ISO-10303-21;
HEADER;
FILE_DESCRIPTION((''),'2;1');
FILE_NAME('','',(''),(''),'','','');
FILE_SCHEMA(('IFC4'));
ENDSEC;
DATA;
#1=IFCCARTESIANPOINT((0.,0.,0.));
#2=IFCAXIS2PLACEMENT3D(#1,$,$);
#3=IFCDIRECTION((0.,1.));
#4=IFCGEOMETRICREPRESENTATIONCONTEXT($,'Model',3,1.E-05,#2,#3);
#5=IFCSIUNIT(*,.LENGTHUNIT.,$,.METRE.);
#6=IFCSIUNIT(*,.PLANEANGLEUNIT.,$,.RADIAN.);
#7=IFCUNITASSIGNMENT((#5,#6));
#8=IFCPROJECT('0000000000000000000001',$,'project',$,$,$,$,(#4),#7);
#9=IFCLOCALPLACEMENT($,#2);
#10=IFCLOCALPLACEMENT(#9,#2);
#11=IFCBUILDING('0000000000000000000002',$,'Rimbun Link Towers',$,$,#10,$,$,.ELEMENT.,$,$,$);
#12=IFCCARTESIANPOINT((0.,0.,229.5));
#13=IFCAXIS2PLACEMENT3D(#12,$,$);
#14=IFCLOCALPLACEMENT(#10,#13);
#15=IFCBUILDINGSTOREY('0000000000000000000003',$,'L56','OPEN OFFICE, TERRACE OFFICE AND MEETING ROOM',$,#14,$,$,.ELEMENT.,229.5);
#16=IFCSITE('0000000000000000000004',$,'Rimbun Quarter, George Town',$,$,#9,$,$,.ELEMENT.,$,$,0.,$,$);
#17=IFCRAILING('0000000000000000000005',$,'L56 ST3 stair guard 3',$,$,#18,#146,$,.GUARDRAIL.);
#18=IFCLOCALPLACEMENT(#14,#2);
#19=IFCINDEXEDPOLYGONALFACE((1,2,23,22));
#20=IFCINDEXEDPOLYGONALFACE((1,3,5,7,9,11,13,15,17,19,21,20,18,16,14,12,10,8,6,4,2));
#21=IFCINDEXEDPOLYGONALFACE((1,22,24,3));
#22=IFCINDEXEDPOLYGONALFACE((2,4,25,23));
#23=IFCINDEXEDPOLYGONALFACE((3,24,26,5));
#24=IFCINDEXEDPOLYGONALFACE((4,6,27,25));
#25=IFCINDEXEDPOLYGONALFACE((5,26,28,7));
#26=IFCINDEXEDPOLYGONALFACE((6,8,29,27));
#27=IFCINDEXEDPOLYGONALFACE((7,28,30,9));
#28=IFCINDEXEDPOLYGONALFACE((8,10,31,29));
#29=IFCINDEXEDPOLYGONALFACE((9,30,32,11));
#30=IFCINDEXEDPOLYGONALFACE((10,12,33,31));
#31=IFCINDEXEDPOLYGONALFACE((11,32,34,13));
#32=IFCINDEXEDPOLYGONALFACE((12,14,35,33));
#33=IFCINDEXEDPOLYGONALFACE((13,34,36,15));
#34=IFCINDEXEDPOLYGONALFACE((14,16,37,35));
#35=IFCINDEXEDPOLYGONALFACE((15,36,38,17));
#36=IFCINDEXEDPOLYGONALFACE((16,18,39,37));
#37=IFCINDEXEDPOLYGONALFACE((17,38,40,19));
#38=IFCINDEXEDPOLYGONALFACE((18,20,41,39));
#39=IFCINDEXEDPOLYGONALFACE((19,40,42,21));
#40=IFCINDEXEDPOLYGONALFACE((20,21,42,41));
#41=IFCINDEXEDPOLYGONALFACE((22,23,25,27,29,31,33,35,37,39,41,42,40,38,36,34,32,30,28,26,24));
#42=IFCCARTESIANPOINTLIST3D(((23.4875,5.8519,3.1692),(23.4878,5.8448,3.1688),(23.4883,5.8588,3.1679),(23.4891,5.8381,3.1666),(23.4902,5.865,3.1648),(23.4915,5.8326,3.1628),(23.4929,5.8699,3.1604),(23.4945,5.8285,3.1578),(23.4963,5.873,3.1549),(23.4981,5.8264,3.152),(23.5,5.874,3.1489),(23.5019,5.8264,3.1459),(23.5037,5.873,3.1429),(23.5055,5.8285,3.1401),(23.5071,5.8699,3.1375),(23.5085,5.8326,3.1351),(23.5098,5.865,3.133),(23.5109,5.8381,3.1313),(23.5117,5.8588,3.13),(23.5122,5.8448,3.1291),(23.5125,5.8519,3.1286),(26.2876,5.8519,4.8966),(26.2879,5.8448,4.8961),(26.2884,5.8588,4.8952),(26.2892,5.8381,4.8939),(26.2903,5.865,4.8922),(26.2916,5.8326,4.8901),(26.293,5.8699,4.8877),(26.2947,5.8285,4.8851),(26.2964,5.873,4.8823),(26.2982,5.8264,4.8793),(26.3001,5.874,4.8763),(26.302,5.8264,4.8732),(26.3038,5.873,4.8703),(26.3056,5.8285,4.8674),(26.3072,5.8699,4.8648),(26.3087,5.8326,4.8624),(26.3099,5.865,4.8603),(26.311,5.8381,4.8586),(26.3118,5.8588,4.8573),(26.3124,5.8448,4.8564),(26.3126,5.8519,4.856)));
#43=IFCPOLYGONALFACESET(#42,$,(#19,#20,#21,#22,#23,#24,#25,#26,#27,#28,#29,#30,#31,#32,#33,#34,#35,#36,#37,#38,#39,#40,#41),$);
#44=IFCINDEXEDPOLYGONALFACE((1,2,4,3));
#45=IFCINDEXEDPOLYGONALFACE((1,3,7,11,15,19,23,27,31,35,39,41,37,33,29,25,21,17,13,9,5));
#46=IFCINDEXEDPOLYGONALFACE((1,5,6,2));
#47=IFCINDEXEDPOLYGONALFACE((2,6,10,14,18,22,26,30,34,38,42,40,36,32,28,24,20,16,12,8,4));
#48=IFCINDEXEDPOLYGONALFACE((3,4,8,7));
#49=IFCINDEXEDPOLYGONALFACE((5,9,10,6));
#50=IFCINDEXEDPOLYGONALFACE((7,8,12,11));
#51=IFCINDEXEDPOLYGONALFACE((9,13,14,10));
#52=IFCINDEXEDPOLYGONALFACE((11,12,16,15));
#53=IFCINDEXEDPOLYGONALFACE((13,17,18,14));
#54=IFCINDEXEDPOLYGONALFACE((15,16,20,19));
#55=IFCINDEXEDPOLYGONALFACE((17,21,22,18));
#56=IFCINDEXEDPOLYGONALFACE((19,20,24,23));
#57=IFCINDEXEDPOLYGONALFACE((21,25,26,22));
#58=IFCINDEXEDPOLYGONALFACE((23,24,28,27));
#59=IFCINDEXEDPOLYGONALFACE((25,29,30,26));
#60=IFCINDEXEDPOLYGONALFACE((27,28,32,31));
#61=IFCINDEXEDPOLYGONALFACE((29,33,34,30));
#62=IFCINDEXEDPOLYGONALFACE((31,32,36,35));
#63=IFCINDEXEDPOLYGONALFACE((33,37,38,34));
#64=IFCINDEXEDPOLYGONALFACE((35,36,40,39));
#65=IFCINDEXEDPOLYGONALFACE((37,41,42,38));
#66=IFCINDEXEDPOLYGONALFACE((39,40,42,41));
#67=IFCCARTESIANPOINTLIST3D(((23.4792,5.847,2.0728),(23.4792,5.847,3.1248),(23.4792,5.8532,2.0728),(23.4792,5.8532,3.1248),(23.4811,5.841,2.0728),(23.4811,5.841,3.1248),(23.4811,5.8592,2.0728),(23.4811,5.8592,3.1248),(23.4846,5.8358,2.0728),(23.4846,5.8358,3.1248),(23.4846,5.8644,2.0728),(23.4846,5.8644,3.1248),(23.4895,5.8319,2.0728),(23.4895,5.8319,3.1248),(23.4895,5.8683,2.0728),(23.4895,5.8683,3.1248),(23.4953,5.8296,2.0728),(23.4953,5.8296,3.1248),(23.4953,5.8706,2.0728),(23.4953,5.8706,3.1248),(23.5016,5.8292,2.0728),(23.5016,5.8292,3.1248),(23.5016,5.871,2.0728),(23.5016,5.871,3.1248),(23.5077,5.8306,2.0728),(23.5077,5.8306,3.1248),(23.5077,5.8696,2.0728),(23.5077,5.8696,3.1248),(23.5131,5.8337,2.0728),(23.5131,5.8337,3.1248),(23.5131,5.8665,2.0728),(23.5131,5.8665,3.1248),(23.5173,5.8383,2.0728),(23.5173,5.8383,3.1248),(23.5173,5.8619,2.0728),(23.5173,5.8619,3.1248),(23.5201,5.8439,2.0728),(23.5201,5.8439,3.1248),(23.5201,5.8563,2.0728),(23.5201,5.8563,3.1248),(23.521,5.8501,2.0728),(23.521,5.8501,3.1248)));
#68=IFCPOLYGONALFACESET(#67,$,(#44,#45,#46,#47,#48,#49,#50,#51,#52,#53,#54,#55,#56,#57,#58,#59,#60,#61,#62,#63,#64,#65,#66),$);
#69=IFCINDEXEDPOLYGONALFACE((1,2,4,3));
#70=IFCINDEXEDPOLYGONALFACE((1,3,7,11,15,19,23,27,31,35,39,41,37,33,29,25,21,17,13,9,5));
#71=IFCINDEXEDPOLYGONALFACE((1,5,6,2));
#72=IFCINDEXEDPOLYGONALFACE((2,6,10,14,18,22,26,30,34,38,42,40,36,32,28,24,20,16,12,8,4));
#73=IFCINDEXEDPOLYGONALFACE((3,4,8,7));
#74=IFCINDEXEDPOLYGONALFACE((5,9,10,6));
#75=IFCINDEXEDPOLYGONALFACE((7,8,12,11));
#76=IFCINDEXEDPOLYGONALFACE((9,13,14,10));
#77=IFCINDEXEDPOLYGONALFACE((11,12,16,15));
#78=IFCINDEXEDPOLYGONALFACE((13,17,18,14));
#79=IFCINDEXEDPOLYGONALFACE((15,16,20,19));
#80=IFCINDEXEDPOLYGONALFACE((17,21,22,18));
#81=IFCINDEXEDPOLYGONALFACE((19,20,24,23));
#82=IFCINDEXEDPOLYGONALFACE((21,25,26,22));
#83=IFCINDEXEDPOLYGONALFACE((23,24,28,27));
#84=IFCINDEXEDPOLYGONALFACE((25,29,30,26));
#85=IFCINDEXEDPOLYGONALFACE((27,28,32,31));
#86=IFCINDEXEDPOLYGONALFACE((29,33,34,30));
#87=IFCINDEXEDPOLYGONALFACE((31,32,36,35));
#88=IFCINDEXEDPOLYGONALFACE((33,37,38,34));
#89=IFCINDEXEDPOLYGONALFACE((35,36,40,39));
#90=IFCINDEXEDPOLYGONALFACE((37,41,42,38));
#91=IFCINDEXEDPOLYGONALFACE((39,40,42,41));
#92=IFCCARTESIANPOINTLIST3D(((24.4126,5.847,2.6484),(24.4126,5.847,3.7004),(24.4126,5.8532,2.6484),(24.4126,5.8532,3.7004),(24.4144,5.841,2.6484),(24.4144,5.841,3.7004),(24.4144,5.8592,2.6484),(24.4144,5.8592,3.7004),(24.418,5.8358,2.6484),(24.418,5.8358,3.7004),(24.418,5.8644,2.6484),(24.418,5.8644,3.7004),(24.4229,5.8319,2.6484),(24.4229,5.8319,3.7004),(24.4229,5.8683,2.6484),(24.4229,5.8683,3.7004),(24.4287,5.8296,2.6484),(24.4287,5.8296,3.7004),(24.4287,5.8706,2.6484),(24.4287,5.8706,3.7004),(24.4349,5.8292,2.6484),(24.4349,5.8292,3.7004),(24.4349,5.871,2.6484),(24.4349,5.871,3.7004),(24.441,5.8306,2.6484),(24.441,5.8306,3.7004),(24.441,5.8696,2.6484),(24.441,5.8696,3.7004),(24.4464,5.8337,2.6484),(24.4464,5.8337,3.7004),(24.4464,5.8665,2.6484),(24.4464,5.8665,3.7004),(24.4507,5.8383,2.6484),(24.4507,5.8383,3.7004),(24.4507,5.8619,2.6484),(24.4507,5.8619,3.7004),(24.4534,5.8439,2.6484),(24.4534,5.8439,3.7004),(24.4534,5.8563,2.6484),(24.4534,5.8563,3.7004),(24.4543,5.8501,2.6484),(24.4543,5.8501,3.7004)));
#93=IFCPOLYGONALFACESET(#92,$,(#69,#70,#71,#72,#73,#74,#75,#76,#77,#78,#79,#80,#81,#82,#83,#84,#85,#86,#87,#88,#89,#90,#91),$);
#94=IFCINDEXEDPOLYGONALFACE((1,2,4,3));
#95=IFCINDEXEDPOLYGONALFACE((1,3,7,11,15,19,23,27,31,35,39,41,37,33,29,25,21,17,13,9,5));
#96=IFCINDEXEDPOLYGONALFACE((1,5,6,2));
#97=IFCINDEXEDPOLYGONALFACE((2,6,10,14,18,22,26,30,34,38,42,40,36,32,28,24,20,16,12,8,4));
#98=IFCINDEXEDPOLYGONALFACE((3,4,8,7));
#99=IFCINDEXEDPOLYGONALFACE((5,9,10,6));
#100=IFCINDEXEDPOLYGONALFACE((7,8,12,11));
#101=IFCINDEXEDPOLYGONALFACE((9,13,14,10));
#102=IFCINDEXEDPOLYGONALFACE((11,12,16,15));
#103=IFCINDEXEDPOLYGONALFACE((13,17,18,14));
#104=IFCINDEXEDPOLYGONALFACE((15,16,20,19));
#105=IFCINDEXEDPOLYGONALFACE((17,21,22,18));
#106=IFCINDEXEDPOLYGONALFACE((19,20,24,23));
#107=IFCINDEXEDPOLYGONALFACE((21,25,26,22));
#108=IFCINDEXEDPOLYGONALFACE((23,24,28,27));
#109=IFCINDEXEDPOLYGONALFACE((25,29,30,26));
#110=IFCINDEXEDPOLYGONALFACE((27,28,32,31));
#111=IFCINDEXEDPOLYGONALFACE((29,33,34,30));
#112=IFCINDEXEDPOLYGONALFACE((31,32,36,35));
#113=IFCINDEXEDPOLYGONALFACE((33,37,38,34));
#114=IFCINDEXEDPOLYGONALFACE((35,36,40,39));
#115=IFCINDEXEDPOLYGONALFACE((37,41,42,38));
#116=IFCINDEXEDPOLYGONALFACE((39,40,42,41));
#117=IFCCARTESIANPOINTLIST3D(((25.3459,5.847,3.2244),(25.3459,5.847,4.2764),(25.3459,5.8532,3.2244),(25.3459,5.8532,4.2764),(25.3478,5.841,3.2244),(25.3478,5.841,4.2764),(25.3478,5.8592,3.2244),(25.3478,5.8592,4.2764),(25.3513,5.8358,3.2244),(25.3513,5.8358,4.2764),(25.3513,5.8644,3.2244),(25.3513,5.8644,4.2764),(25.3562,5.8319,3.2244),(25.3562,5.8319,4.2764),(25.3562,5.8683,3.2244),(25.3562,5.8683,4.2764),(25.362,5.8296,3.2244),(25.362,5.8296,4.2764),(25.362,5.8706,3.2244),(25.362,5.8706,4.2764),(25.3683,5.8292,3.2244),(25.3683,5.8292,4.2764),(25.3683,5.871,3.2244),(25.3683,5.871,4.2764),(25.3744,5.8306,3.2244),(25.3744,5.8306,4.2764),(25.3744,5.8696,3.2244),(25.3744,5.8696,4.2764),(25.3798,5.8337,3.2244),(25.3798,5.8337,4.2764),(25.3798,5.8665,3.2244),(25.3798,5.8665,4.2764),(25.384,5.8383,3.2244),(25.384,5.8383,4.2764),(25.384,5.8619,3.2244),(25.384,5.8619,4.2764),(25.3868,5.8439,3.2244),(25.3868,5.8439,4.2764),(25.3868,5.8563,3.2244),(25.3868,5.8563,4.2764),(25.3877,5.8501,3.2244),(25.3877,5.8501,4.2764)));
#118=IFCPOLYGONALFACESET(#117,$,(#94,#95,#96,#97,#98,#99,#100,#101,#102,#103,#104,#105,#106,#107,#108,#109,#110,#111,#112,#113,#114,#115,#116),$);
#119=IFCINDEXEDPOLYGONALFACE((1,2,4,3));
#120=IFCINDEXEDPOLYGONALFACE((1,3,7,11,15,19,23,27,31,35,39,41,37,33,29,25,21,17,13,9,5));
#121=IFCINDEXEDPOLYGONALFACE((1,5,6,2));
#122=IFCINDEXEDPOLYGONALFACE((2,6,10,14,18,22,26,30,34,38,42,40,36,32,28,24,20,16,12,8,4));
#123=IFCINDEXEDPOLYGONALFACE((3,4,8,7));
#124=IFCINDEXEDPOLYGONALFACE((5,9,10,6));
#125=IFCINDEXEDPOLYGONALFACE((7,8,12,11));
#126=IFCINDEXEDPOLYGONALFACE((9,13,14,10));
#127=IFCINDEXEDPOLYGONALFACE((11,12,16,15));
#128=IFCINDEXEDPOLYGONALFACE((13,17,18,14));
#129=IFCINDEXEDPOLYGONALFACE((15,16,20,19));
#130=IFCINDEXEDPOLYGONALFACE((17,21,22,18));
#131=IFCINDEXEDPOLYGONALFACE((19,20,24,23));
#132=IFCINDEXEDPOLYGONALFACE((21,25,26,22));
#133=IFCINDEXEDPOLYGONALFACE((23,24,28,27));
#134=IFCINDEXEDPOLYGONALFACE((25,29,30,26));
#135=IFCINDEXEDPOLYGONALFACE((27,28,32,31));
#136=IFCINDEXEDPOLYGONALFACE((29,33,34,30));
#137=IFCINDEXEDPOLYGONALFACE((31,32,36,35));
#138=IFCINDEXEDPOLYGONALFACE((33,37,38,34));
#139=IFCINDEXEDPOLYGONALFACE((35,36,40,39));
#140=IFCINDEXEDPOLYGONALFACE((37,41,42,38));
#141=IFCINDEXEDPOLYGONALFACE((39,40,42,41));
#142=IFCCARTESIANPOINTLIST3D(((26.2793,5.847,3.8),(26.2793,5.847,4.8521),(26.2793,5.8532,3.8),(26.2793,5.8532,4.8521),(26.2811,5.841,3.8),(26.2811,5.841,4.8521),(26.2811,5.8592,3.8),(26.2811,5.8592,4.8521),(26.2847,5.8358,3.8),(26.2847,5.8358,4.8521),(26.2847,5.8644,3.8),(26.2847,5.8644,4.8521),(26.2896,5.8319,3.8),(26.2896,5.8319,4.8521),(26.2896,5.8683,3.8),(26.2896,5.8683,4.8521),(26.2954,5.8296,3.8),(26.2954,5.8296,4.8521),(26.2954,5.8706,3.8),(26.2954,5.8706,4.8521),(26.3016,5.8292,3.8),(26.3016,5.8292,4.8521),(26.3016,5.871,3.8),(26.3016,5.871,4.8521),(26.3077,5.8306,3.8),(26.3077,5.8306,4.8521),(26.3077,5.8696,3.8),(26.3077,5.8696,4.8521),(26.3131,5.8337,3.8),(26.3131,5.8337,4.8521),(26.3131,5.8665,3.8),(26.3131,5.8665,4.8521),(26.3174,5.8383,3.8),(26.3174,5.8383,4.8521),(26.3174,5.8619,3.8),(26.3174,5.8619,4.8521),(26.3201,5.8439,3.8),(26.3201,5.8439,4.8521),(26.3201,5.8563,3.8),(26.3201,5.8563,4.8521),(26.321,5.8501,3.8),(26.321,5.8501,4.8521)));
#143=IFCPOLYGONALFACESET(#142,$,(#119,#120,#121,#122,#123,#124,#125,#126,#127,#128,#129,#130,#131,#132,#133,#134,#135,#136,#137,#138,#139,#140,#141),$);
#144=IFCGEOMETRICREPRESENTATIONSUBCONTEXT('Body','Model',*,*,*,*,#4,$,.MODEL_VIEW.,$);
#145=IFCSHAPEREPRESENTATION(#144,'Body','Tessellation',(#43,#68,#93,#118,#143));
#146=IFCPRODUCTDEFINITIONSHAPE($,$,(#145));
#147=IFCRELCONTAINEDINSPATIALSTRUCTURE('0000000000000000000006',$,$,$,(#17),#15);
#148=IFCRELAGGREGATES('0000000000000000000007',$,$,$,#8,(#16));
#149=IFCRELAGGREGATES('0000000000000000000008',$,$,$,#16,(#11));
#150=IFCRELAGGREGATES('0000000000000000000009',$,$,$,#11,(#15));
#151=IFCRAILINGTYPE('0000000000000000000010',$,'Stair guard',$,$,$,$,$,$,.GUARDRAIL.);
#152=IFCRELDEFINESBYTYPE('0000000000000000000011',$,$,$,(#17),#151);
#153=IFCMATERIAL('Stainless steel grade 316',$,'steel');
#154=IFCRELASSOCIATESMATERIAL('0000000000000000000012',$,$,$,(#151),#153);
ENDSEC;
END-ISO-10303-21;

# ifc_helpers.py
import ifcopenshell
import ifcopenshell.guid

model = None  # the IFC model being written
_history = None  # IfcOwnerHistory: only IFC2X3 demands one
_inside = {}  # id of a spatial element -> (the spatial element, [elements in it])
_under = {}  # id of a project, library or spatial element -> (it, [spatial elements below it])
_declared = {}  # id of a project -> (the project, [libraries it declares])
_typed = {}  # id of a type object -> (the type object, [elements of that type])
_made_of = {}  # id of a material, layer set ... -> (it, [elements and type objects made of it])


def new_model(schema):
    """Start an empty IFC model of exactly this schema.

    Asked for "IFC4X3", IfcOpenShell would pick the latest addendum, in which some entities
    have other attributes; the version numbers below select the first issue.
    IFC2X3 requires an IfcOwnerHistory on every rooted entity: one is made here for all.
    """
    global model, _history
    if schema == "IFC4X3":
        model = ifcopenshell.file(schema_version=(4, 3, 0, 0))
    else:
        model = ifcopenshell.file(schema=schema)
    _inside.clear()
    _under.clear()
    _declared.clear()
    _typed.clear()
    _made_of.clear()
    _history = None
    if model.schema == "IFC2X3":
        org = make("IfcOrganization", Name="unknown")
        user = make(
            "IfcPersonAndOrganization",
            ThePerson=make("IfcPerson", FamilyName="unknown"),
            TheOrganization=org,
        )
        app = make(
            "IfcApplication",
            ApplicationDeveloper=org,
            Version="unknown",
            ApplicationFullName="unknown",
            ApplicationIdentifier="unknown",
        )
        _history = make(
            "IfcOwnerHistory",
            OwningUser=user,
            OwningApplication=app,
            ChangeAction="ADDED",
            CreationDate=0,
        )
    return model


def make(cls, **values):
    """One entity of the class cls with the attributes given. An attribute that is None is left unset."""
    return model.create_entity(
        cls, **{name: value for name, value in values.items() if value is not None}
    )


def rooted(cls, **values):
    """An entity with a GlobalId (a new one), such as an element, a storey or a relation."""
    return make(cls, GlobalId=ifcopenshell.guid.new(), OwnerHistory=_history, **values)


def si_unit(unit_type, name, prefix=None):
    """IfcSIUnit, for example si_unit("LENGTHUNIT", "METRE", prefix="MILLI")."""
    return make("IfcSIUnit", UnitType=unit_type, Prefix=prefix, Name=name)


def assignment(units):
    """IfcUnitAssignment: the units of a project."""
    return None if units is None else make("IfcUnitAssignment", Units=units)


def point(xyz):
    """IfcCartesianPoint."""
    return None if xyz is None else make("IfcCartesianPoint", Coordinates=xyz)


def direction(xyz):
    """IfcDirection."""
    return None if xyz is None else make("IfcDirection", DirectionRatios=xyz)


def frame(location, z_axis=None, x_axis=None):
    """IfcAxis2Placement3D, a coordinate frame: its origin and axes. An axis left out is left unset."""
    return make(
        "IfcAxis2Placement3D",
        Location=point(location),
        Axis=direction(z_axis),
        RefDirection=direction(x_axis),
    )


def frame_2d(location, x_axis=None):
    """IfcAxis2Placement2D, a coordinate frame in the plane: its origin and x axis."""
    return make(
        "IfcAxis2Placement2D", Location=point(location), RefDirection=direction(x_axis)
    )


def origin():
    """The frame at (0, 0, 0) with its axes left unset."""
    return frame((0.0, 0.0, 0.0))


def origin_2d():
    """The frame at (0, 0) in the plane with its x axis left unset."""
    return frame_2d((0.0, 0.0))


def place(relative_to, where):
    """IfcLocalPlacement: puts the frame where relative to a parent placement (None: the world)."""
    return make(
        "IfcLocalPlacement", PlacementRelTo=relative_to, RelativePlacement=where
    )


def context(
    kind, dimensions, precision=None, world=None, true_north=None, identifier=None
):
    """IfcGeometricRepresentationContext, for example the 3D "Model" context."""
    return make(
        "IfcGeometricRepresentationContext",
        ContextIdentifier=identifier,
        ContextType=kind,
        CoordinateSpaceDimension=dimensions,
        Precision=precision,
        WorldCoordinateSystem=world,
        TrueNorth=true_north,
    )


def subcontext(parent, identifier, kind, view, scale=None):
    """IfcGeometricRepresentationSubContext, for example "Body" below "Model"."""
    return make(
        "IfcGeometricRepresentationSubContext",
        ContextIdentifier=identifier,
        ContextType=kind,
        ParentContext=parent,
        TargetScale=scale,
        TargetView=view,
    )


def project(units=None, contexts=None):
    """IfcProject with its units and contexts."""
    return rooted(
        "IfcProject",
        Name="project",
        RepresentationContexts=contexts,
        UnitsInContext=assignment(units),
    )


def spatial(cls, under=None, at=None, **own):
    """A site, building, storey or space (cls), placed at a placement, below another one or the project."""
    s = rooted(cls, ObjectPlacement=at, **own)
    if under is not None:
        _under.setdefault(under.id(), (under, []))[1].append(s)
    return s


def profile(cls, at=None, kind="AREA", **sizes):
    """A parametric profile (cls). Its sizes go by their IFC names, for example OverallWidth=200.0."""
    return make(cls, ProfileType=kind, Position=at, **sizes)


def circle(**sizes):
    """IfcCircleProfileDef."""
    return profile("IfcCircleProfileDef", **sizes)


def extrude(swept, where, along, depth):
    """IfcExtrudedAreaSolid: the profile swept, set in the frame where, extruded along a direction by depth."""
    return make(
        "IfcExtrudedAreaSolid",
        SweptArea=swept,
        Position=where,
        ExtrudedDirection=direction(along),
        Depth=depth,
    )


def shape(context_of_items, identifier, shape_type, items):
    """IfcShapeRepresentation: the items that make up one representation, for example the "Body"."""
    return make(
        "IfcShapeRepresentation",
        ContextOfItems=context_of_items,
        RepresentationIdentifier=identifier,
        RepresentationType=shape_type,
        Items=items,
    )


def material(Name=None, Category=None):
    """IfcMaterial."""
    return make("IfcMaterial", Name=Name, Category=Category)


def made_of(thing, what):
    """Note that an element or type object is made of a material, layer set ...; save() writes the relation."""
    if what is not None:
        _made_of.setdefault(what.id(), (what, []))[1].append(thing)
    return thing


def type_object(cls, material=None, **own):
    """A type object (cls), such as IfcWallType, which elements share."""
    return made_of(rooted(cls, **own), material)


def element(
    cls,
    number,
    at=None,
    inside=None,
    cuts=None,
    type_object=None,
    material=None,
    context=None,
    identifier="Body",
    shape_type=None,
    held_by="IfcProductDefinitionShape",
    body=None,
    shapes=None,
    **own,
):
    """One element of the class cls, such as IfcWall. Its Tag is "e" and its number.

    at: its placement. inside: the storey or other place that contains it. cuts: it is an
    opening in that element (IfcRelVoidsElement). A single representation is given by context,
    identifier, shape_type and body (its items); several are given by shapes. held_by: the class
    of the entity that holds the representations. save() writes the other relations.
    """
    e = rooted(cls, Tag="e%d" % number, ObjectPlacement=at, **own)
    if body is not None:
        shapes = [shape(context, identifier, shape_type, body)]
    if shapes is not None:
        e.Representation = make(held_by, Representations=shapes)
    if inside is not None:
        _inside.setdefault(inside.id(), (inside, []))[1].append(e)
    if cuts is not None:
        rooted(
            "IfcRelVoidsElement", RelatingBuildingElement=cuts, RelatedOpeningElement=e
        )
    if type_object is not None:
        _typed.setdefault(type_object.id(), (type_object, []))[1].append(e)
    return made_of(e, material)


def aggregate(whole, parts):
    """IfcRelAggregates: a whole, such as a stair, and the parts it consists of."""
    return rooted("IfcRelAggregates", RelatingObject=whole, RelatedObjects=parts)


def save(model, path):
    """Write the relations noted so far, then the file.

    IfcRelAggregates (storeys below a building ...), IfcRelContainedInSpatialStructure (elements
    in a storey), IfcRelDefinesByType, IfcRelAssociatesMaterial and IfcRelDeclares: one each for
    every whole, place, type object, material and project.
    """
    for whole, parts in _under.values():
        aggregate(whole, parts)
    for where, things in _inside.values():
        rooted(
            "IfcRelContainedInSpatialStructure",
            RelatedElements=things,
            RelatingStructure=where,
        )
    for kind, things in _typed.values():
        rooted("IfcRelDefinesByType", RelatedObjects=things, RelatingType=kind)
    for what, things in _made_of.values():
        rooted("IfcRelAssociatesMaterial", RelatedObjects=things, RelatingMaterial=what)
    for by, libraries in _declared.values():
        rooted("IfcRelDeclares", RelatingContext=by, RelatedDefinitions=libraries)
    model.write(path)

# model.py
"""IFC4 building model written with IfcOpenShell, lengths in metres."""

from ifc_helpers import new_model, si_unit, direction, frame, origin, origin_2d, place, context, subcontext, project, spatial, circle, extrude, material, type_object, element, save


model = new_model("IFC4")

# Units and contexts
model_context = context("Model", 3, precision=1e-05, world=origin(), true_north=direction((0.0, 1.0)))
body_context = subcontext(model_context, "Body", "Model", "MODEL_VIEW")
ifc_project = project(units=[si_unit("LENGTHUNIT", "METRE"), si_unit("PLANEANGLEUNIT", "RADIAN")], contexts=[model_context])

# Site, building, storey
site_placement = place(None, origin())
site = spatial("IfcSite", under=ifc_project, at=site_placement, Name="Rimbun Quarter, George Town", CompositionType="ELEMENT", RefElevation=0.0)
building_placement = place(site_placement, origin())
building = spatial("IfcBuilding", under=site, at=building_placement, Name="Rimbun Link Towers", CompositionType="ELEMENT")
storey_placement = place(building_placement, frame((0.0, 0.0, 229.5)))
storey = spatial("IfcBuildingStorey", under=building, at=storey_placement, Name="L56", Description="OPEN OFFICE, TERRACE OFFICE AND MEETING ROOM", CompositionType="ELEMENT", Elevation=229.5)

# Railing
ifc_material_1 = material(Name="Stainless steel grade 316", Category="steel")
railing_type_1 = type_object("IfcRailingType", Name="Stair guard", PredefinedType="GUARDRAIL", material=ifc_material_1)
railing_1_placement = place(storey_placement, frame((23.5, 5.8501, 2.0728)))
element("IfcRailing", 1, at=railing_1_placement, inside=storey, type_object=railing_type_1, Name="L56 ST3 stair guard 3", PredefinedType="GUARDRAIL", context=body_context, shape_type="SweptSolid", body=[
    extrude(circle(Radius=0.0239, at=origin_2d()), frame((0.0, 0.0, 1.0762), z_axis=(0.85109, 0.0, 0.52502), x_axis=(0.0, 1.0, 0.0)), (0.0, 0.0, 1.0), 3.29),
    extrude(circle(Radius=0.021, at=origin_2d()), origin(), (0.0, 0.0, 1.0), 1.052),
    extrude(circle(Radius=0.021, at=origin_2d()), frame((0.9333, 0.0, 0.5757)), (0.0, 0.0, 1.0), 1.052),
    extrude(circle(Radius=0.021, at=origin_2d()), frame((1.8667, 0.0, 1.1516)), (0.0, 0.0, 1.0), 1.052),
    extrude(circle(Radius=0.021, at=origin_2d()), frame((2.8, 0.0, 1.7273)), (0.0, 0.0, 1.0), 1.052),
])

save(model, "model.ifc")
